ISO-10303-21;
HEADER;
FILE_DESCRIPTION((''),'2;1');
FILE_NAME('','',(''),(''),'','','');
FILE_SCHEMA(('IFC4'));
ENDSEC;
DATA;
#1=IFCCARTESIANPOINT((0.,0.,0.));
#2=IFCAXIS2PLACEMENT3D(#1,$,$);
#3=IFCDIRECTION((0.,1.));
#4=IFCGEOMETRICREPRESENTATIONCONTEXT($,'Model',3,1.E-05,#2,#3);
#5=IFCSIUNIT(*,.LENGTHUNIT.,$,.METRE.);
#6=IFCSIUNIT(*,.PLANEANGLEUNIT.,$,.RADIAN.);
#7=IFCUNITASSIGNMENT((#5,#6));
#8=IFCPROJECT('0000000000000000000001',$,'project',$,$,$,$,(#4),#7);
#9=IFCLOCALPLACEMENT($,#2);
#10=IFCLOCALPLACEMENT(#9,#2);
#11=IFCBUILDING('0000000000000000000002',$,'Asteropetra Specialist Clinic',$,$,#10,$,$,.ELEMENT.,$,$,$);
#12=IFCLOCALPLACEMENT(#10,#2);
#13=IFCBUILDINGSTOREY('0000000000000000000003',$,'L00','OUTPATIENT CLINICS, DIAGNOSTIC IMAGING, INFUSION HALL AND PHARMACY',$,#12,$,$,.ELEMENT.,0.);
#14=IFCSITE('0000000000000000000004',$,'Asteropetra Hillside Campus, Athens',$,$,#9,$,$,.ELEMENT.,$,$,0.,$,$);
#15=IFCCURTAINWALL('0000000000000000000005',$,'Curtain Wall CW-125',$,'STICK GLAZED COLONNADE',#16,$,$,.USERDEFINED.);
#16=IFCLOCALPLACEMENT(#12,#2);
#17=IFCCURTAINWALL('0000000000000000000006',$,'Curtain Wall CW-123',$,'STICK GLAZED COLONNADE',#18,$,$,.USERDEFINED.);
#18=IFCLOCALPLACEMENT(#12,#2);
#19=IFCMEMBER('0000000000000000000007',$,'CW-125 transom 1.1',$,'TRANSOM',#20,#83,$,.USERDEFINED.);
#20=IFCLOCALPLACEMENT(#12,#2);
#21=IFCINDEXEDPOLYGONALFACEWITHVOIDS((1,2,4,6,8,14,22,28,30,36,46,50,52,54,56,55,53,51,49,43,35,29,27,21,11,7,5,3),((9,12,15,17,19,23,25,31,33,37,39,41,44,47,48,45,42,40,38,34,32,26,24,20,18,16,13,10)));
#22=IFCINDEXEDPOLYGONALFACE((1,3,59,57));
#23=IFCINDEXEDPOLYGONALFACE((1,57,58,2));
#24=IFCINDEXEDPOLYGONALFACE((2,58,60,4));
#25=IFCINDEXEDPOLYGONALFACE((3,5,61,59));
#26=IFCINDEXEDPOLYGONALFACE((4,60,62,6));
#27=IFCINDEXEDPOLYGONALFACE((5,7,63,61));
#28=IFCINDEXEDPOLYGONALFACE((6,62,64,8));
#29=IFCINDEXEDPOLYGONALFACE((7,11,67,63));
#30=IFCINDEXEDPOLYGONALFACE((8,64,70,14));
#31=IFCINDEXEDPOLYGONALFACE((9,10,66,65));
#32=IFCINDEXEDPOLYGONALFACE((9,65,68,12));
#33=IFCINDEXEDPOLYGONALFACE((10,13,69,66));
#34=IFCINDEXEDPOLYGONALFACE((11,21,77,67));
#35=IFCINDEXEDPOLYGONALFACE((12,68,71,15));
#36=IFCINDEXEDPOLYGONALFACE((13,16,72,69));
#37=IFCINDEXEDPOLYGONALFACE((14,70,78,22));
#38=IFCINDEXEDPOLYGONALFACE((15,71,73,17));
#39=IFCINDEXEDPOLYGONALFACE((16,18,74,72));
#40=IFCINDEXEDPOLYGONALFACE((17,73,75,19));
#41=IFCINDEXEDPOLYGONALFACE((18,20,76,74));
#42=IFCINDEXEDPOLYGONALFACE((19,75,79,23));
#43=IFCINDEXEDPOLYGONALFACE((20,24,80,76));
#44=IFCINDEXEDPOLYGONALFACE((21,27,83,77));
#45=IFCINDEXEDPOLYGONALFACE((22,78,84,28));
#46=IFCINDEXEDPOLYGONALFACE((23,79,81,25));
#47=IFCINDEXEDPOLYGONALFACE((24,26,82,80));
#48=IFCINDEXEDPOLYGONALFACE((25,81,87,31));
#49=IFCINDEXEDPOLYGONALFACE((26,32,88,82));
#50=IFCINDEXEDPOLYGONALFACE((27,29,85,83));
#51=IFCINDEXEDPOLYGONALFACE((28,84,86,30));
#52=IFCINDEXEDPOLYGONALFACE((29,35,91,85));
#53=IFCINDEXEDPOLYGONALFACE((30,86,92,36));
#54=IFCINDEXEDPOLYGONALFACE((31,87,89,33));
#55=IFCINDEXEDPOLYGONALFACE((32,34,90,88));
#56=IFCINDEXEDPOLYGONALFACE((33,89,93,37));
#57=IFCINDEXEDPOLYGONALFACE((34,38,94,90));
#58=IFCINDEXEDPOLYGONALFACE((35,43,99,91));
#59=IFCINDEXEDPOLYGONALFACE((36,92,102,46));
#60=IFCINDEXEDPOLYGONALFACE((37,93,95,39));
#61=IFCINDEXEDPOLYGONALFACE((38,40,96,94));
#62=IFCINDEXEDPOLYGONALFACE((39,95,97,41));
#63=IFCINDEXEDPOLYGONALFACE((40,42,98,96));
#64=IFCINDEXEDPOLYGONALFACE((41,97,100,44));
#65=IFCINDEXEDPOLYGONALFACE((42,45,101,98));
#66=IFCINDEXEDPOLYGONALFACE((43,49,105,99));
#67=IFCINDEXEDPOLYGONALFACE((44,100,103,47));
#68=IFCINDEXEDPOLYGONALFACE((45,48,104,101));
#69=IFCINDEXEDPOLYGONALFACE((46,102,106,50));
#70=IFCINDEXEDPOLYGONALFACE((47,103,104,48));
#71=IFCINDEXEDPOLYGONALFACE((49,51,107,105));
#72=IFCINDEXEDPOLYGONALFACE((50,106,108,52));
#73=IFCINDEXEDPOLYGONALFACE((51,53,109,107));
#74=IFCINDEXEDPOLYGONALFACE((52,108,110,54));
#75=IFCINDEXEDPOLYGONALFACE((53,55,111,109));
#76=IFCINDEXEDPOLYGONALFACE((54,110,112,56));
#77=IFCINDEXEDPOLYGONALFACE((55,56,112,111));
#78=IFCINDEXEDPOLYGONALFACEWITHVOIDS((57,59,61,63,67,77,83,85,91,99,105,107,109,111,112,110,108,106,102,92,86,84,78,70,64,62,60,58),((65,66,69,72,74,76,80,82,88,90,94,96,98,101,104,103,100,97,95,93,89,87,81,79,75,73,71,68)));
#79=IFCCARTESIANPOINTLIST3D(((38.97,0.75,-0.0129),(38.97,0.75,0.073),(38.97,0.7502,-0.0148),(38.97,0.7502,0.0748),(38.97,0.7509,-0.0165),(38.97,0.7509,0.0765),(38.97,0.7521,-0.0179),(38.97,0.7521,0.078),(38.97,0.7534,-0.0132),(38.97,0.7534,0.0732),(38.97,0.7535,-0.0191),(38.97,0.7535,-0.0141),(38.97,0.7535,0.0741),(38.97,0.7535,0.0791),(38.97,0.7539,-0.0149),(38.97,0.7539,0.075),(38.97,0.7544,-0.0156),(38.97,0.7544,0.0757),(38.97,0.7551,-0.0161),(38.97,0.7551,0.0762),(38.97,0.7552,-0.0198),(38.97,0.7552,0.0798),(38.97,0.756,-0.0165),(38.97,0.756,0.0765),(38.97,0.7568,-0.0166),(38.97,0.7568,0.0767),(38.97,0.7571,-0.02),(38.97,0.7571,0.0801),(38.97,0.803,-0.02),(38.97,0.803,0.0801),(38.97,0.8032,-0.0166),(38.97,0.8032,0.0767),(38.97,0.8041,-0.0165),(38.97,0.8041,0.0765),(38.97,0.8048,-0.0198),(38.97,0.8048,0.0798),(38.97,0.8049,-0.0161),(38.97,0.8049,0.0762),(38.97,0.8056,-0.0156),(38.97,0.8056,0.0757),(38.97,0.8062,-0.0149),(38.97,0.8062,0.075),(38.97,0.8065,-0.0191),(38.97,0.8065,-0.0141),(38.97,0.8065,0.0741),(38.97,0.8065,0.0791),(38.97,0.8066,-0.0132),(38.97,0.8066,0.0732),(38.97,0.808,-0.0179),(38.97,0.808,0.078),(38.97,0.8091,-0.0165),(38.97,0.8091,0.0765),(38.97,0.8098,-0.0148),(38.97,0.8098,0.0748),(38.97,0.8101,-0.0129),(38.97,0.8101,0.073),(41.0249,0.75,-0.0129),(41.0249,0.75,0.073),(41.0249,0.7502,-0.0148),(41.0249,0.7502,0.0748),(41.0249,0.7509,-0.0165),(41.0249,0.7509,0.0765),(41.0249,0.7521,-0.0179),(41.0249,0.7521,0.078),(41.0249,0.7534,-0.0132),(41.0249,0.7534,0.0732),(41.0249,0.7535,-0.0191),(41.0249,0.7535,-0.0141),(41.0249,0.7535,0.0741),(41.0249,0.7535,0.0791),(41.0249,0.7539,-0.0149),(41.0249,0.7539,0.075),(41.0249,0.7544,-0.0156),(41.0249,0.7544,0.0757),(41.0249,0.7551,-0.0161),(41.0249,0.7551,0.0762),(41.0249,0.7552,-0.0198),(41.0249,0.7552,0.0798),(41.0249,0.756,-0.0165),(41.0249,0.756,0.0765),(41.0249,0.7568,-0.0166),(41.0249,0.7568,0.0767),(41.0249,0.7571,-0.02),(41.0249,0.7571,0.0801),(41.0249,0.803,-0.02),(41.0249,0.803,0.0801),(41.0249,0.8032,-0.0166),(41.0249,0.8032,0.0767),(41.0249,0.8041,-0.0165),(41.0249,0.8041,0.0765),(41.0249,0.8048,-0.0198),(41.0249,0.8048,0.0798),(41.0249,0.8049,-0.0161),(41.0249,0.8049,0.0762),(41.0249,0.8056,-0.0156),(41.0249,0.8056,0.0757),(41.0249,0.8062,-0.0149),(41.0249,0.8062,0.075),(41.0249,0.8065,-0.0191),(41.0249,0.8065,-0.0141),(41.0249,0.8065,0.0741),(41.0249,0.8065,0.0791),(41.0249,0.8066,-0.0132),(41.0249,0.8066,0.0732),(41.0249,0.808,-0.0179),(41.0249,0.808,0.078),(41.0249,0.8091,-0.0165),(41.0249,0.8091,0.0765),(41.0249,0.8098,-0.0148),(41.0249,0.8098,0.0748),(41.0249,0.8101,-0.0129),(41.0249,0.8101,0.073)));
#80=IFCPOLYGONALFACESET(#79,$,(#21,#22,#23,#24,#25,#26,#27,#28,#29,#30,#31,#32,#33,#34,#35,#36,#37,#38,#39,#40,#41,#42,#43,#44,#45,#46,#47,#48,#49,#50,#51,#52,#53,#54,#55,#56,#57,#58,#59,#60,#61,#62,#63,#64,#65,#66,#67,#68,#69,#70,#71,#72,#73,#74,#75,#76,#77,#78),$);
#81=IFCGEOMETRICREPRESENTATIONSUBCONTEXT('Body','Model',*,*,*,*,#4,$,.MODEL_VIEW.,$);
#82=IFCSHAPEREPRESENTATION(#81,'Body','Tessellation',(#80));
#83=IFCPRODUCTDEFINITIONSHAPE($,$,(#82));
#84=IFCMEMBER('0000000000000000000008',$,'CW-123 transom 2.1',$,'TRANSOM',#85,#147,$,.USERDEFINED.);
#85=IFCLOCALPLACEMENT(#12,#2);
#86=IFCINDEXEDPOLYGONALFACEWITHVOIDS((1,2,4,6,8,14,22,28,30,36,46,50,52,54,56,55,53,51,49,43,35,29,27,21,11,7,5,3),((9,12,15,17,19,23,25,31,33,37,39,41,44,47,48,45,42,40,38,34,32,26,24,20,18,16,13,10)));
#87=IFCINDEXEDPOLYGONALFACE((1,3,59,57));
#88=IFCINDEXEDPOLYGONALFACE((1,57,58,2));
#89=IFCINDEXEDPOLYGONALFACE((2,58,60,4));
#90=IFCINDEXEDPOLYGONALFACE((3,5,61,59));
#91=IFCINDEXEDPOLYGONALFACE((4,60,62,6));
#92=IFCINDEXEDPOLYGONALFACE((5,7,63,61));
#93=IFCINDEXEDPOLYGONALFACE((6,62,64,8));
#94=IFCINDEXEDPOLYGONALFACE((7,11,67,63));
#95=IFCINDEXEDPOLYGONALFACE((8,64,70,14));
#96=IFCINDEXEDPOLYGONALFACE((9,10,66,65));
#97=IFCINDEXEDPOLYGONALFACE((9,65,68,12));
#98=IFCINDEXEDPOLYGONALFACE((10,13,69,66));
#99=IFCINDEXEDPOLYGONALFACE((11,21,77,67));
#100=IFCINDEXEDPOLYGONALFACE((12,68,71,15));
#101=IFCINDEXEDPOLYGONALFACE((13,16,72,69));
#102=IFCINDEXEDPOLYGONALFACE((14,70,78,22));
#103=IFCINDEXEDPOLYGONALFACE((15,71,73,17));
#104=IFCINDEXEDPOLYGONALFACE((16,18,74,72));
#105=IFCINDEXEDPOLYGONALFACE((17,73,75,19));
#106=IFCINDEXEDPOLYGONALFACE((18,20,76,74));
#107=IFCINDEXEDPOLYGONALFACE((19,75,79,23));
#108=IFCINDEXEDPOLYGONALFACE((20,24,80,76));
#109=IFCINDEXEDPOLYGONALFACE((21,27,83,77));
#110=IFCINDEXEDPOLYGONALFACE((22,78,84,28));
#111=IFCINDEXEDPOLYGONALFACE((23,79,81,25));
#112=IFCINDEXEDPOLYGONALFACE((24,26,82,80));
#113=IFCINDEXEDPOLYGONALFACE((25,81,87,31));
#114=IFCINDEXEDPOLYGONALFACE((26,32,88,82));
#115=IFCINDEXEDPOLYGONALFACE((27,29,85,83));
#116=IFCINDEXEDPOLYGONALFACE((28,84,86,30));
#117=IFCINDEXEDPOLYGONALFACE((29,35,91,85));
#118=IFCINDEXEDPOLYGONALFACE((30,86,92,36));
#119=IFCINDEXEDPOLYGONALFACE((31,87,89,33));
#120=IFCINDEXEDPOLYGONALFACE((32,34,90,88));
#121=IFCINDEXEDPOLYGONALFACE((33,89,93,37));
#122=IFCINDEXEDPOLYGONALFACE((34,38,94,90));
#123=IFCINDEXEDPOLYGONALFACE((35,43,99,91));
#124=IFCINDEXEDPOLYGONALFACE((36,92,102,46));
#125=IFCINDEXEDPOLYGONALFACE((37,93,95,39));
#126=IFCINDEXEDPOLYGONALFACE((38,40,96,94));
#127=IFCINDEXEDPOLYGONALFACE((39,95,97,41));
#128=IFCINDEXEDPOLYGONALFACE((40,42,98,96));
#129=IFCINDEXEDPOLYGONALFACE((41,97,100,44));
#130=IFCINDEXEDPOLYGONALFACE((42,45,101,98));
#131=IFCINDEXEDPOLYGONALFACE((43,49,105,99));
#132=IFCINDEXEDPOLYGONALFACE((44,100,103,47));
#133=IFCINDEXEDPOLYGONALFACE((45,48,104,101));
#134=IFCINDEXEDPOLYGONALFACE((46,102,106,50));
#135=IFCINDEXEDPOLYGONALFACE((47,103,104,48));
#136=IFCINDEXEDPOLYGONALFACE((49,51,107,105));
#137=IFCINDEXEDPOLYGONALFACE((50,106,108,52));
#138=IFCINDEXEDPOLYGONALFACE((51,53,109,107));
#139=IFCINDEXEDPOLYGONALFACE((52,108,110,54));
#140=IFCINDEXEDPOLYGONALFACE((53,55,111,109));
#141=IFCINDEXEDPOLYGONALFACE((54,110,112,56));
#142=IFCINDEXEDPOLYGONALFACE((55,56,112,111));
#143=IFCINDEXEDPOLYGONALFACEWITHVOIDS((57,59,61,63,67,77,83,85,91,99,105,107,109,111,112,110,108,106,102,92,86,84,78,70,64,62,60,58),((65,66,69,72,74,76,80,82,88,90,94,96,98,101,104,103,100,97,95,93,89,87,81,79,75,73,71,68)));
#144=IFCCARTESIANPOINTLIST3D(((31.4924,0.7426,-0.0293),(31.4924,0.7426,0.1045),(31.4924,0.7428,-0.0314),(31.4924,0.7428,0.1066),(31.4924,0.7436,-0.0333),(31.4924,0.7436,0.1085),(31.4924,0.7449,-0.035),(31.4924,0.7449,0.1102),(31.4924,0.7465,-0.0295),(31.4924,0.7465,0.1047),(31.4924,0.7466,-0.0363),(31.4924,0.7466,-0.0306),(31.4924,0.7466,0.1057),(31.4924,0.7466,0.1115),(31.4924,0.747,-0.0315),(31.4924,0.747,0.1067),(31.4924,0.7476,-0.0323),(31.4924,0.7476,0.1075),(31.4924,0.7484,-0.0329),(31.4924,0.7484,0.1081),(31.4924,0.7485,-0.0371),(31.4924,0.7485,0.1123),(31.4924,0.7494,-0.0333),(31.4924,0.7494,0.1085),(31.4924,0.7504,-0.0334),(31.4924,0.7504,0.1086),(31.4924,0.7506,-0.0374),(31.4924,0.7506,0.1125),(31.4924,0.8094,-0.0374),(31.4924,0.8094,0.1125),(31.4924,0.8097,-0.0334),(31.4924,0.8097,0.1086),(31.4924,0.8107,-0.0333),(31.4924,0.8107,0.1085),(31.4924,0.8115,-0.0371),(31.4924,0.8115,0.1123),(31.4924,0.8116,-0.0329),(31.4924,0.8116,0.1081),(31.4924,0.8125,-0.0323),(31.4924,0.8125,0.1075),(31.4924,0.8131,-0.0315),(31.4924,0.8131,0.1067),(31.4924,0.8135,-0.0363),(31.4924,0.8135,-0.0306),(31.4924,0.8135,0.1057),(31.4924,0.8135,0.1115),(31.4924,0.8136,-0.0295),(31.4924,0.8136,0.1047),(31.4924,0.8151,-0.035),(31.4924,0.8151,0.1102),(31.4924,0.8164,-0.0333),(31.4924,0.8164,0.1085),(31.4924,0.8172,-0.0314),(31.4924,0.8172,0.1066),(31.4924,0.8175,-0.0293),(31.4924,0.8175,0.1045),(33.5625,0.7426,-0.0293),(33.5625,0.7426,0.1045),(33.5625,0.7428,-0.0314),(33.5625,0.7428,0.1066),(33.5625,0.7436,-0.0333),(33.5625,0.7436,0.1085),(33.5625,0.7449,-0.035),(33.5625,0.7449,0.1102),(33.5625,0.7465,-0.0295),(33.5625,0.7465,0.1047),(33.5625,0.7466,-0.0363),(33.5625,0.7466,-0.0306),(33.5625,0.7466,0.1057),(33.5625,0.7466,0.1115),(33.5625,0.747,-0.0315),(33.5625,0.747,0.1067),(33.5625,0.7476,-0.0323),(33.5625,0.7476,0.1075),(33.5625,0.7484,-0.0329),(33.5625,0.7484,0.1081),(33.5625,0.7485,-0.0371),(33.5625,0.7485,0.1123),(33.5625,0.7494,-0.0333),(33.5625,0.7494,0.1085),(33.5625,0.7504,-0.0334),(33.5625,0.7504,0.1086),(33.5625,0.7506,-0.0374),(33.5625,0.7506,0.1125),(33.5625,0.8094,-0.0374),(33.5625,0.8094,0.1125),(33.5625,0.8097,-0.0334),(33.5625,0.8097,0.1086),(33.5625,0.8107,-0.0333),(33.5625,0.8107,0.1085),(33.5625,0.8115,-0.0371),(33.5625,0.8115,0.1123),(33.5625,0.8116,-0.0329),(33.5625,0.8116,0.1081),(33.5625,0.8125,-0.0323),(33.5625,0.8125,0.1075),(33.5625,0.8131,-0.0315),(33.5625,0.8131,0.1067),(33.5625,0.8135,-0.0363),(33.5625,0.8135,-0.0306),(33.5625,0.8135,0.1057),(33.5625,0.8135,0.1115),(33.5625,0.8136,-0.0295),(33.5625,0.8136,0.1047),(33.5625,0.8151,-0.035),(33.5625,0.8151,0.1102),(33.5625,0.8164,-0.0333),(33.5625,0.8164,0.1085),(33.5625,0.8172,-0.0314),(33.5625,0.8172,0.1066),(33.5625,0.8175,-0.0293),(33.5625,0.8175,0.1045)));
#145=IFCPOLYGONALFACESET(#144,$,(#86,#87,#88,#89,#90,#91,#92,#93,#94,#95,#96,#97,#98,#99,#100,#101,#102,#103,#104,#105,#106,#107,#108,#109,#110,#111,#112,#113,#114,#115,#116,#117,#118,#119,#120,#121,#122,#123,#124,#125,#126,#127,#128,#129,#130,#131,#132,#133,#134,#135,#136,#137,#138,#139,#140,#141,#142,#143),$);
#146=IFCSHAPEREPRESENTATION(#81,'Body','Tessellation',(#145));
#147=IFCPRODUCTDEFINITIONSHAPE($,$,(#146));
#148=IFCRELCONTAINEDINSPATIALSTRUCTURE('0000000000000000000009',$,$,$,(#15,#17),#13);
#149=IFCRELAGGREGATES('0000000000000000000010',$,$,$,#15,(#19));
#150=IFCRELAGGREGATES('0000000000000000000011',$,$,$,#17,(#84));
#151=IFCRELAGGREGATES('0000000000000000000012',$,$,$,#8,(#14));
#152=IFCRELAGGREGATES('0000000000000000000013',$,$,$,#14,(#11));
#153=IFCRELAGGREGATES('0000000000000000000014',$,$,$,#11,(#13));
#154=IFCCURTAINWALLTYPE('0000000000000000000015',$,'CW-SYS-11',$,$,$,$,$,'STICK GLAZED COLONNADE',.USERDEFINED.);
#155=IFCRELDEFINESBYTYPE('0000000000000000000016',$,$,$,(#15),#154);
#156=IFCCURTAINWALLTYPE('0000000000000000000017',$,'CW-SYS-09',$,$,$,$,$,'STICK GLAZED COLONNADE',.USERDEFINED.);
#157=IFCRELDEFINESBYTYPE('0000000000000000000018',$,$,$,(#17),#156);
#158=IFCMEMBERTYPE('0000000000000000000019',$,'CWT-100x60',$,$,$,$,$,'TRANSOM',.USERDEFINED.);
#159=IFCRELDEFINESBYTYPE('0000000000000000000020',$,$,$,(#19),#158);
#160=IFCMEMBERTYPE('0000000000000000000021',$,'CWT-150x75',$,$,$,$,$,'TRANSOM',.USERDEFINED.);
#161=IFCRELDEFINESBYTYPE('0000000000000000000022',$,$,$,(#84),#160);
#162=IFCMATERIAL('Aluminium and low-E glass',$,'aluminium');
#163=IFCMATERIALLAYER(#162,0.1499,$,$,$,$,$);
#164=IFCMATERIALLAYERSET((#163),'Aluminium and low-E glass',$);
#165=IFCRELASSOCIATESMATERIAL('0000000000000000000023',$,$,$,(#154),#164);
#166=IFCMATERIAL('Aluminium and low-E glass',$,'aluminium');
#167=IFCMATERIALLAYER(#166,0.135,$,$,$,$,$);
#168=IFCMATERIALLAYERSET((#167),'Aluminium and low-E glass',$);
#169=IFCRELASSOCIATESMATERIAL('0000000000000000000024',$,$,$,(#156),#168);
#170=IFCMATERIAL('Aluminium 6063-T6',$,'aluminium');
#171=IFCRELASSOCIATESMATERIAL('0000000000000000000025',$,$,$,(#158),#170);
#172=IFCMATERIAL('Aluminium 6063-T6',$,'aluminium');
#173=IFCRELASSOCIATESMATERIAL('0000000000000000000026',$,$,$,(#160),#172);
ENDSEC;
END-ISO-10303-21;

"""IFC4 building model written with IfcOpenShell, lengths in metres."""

from ifc_helpers import new_model, si_unit, direction, frame, origin, origin_2d, place, context, subcontext, project, spatial, hollow_rectangle, extrude, material, layer, layer_set, material_profile, profile_set, type_object, element, aggregate, save


model = new_model("IFC4")

# Units and contexts
model_context = context("Model", 3, precision=1e-05, world=origin(), true_north=direction((0.0, 1.0)))
body_context = subcontext(model_context, "Body", "Model", "MODEL_VIEW")
ifc_project = project(units=[si_unit("LENGTHUNIT", "METRE"), si_unit("PLANEANGLEUNIT", "RADIAN")], contexts=[model_context])

# Site, building, storey
site_placement = place(None, origin())
site = spatial("IfcSite", under=ifc_project, at=site_placement, Name="Asteropetra Hillside Campus, Athens", CompositionType="ELEMENT", RefElevation=0.0)
building_placement = place(site_placement, origin())
building = spatial("IfcBuilding", under=site, at=building_placement, Name="Asteropetra Specialist Clinic", CompositionType="ELEMENT")
storey_placement = place(building_placement, origin())
storey = spatial("IfcBuildingStorey", under=building, at=storey_placement, Name="L00", Description="OUTPATIENT CLINICS, DIAGNOSTIC IMAGING, INFUSION HALL AND PHARMACY", CompositionType="ELEMENT", Elevation=0.0)

# Curtain wall
ifc_material_1 = material(Name="Aluminium and low-E glass", Category="aluminium")
ifc_layer_1 = layer(ifc_material_1, 0.1499)
ifc_layer_set_1 = layer_set([ifc_layer_1], Name="Aluminium and low-E glass")
curtain_wall_type_1 = type_object("IfcCurtainWallType", Name="CW-SYS-11", ElementType="STICK GLAZED COLONNADE", PredefinedType="USERDEFINED", material=ifc_layer_set_1)
curtain_wall_1_placement = place(storey_placement, origin())
curtain_wall_1 = element("IfcCurtainWall", 1, at=curtain_wall_1_placement, inside=storey, type_object=curtain_wall_type_1, Name="Curtain Wall CW-125", ObjectType="STICK GLAZED COLONNADE", PredefinedType="USERDEFINED")

# Curtain wall
ifc_material_2 = material(Name="Aluminium and low-E glass", Category="aluminium")
ifc_layer_2 = layer(ifc_material_2, 0.135)
ifc_layer_set_2 = layer_set([ifc_layer_2], Name="Aluminium and low-E glass")
curtain_wall_type_2 = type_object("IfcCurtainWallType", Name="CW-SYS-09", ElementType="STICK GLAZED COLONNADE", PredefinedType="USERDEFINED", material=ifc_layer_set_2)
curtain_wall_2_placement = place(storey_placement, origin())
curtain_wall_2 = element("IfcCurtainWall", 2, at=curtain_wall_2_placement, inside=storey, type_object=curtain_wall_type_2, Name="Curtain Wall CW-123", ObjectType="STICK GLAZED COLONNADE", PredefinedType="USERDEFINED")

# Members
ifc_material_3 = material(Name="Aluminium 6063-T6", Category="aluminium")
ifc_material_profile_1 = material_profile(ifc_material_3, hollow_rectangle(XDim=0.0601, YDim=0.1001, WallThickness=0.0034, InnerFilletRadius=0.0034, OuterFilletRadius=0.0071, at=origin_2d()), Name="TRN 100x60x3.5")
ifc_profile_set_1 = profile_set([ifc_material_profile_1], Name="Aluminium 6063-T6")
member_type_1 = type_object("IfcMemberType", Name="CWT-100x60", ElementType="TRANSOM", PredefinedType="USERDEFINED", material=ifc_profile_set_1)
member_1_placement = place(storey_placement, frame((38.97, 0.78, 0.03), z_axis=(1.0, 0.0, 0.0), x_axis=(0.0, 1.0, 0.0)))
member_1 = element("IfcMember", 3, at=member_1_placement, type_object=member_type_1, Name="CW-125 transom 1.1", ObjectType="TRANSOM", PredefinedType="USERDEFINED", context=body_context, shape_type="SweptSolid", body=[
    extrude(hollow_rectangle(XDim=0.0601, YDim=0.1001, WallThickness=0.0034, InnerFilletRadius=0.0034, OuterFilletRadius=0.0071, at=origin_2d()), origin(), (0.0, 0.0, 1.0), 2.0549),
])
aggregate(curtain_wall_1, [member_1])
ifc_material_4 = material(Name="Aluminium 6063-T6", Category="aluminium")
ifc_material_profile_2 = material_profile(ifc_material_4, hollow_rectangle(XDim=0.075, YDim=0.1499, WallThickness=0.0039, InnerFilletRadius=0.0039, OuterFilletRadius=0.0081, at=origin_2d()), Name="TRN 150x75x4.0")
ifc_profile_set_2 = profile_set([ifc_material_profile_2], Name="Aluminium 6063-T6")
member_type_2 = type_object("IfcMemberType", Name="CWT-150x75", ElementType="TRANSOM", PredefinedType="USERDEFINED", material=ifc_profile_set_2)
member_2_placement = place(storey_placement, frame((31.4924, 0.78, 0.0376), z_axis=(1.0, 0.0, 0.0), x_axis=(0.0, 1.0, 0.0)))
member_2 = element("IfcMember", 4, at=member_2_placement, type_object=member_type_2, Name="CW-123 transom 2.1", ObjectType="TRANSOM", PredefinedType="USERDEFINED", context=body_context, shape_type="SweptSolid", body=[
    extrude(hollow_rectangle(XDim=0.075, YDim=0.1499, WallThickness=0.0039, InnerFilletRadius=0.0039, OuterFilletRadius=0.0081, at=origin_2d()), origin(), (0.0, 0.0, 1.0), 2.0701),
])

aggregate(curtain_wall_2, [member_2])

save(model, "model.ifc")
